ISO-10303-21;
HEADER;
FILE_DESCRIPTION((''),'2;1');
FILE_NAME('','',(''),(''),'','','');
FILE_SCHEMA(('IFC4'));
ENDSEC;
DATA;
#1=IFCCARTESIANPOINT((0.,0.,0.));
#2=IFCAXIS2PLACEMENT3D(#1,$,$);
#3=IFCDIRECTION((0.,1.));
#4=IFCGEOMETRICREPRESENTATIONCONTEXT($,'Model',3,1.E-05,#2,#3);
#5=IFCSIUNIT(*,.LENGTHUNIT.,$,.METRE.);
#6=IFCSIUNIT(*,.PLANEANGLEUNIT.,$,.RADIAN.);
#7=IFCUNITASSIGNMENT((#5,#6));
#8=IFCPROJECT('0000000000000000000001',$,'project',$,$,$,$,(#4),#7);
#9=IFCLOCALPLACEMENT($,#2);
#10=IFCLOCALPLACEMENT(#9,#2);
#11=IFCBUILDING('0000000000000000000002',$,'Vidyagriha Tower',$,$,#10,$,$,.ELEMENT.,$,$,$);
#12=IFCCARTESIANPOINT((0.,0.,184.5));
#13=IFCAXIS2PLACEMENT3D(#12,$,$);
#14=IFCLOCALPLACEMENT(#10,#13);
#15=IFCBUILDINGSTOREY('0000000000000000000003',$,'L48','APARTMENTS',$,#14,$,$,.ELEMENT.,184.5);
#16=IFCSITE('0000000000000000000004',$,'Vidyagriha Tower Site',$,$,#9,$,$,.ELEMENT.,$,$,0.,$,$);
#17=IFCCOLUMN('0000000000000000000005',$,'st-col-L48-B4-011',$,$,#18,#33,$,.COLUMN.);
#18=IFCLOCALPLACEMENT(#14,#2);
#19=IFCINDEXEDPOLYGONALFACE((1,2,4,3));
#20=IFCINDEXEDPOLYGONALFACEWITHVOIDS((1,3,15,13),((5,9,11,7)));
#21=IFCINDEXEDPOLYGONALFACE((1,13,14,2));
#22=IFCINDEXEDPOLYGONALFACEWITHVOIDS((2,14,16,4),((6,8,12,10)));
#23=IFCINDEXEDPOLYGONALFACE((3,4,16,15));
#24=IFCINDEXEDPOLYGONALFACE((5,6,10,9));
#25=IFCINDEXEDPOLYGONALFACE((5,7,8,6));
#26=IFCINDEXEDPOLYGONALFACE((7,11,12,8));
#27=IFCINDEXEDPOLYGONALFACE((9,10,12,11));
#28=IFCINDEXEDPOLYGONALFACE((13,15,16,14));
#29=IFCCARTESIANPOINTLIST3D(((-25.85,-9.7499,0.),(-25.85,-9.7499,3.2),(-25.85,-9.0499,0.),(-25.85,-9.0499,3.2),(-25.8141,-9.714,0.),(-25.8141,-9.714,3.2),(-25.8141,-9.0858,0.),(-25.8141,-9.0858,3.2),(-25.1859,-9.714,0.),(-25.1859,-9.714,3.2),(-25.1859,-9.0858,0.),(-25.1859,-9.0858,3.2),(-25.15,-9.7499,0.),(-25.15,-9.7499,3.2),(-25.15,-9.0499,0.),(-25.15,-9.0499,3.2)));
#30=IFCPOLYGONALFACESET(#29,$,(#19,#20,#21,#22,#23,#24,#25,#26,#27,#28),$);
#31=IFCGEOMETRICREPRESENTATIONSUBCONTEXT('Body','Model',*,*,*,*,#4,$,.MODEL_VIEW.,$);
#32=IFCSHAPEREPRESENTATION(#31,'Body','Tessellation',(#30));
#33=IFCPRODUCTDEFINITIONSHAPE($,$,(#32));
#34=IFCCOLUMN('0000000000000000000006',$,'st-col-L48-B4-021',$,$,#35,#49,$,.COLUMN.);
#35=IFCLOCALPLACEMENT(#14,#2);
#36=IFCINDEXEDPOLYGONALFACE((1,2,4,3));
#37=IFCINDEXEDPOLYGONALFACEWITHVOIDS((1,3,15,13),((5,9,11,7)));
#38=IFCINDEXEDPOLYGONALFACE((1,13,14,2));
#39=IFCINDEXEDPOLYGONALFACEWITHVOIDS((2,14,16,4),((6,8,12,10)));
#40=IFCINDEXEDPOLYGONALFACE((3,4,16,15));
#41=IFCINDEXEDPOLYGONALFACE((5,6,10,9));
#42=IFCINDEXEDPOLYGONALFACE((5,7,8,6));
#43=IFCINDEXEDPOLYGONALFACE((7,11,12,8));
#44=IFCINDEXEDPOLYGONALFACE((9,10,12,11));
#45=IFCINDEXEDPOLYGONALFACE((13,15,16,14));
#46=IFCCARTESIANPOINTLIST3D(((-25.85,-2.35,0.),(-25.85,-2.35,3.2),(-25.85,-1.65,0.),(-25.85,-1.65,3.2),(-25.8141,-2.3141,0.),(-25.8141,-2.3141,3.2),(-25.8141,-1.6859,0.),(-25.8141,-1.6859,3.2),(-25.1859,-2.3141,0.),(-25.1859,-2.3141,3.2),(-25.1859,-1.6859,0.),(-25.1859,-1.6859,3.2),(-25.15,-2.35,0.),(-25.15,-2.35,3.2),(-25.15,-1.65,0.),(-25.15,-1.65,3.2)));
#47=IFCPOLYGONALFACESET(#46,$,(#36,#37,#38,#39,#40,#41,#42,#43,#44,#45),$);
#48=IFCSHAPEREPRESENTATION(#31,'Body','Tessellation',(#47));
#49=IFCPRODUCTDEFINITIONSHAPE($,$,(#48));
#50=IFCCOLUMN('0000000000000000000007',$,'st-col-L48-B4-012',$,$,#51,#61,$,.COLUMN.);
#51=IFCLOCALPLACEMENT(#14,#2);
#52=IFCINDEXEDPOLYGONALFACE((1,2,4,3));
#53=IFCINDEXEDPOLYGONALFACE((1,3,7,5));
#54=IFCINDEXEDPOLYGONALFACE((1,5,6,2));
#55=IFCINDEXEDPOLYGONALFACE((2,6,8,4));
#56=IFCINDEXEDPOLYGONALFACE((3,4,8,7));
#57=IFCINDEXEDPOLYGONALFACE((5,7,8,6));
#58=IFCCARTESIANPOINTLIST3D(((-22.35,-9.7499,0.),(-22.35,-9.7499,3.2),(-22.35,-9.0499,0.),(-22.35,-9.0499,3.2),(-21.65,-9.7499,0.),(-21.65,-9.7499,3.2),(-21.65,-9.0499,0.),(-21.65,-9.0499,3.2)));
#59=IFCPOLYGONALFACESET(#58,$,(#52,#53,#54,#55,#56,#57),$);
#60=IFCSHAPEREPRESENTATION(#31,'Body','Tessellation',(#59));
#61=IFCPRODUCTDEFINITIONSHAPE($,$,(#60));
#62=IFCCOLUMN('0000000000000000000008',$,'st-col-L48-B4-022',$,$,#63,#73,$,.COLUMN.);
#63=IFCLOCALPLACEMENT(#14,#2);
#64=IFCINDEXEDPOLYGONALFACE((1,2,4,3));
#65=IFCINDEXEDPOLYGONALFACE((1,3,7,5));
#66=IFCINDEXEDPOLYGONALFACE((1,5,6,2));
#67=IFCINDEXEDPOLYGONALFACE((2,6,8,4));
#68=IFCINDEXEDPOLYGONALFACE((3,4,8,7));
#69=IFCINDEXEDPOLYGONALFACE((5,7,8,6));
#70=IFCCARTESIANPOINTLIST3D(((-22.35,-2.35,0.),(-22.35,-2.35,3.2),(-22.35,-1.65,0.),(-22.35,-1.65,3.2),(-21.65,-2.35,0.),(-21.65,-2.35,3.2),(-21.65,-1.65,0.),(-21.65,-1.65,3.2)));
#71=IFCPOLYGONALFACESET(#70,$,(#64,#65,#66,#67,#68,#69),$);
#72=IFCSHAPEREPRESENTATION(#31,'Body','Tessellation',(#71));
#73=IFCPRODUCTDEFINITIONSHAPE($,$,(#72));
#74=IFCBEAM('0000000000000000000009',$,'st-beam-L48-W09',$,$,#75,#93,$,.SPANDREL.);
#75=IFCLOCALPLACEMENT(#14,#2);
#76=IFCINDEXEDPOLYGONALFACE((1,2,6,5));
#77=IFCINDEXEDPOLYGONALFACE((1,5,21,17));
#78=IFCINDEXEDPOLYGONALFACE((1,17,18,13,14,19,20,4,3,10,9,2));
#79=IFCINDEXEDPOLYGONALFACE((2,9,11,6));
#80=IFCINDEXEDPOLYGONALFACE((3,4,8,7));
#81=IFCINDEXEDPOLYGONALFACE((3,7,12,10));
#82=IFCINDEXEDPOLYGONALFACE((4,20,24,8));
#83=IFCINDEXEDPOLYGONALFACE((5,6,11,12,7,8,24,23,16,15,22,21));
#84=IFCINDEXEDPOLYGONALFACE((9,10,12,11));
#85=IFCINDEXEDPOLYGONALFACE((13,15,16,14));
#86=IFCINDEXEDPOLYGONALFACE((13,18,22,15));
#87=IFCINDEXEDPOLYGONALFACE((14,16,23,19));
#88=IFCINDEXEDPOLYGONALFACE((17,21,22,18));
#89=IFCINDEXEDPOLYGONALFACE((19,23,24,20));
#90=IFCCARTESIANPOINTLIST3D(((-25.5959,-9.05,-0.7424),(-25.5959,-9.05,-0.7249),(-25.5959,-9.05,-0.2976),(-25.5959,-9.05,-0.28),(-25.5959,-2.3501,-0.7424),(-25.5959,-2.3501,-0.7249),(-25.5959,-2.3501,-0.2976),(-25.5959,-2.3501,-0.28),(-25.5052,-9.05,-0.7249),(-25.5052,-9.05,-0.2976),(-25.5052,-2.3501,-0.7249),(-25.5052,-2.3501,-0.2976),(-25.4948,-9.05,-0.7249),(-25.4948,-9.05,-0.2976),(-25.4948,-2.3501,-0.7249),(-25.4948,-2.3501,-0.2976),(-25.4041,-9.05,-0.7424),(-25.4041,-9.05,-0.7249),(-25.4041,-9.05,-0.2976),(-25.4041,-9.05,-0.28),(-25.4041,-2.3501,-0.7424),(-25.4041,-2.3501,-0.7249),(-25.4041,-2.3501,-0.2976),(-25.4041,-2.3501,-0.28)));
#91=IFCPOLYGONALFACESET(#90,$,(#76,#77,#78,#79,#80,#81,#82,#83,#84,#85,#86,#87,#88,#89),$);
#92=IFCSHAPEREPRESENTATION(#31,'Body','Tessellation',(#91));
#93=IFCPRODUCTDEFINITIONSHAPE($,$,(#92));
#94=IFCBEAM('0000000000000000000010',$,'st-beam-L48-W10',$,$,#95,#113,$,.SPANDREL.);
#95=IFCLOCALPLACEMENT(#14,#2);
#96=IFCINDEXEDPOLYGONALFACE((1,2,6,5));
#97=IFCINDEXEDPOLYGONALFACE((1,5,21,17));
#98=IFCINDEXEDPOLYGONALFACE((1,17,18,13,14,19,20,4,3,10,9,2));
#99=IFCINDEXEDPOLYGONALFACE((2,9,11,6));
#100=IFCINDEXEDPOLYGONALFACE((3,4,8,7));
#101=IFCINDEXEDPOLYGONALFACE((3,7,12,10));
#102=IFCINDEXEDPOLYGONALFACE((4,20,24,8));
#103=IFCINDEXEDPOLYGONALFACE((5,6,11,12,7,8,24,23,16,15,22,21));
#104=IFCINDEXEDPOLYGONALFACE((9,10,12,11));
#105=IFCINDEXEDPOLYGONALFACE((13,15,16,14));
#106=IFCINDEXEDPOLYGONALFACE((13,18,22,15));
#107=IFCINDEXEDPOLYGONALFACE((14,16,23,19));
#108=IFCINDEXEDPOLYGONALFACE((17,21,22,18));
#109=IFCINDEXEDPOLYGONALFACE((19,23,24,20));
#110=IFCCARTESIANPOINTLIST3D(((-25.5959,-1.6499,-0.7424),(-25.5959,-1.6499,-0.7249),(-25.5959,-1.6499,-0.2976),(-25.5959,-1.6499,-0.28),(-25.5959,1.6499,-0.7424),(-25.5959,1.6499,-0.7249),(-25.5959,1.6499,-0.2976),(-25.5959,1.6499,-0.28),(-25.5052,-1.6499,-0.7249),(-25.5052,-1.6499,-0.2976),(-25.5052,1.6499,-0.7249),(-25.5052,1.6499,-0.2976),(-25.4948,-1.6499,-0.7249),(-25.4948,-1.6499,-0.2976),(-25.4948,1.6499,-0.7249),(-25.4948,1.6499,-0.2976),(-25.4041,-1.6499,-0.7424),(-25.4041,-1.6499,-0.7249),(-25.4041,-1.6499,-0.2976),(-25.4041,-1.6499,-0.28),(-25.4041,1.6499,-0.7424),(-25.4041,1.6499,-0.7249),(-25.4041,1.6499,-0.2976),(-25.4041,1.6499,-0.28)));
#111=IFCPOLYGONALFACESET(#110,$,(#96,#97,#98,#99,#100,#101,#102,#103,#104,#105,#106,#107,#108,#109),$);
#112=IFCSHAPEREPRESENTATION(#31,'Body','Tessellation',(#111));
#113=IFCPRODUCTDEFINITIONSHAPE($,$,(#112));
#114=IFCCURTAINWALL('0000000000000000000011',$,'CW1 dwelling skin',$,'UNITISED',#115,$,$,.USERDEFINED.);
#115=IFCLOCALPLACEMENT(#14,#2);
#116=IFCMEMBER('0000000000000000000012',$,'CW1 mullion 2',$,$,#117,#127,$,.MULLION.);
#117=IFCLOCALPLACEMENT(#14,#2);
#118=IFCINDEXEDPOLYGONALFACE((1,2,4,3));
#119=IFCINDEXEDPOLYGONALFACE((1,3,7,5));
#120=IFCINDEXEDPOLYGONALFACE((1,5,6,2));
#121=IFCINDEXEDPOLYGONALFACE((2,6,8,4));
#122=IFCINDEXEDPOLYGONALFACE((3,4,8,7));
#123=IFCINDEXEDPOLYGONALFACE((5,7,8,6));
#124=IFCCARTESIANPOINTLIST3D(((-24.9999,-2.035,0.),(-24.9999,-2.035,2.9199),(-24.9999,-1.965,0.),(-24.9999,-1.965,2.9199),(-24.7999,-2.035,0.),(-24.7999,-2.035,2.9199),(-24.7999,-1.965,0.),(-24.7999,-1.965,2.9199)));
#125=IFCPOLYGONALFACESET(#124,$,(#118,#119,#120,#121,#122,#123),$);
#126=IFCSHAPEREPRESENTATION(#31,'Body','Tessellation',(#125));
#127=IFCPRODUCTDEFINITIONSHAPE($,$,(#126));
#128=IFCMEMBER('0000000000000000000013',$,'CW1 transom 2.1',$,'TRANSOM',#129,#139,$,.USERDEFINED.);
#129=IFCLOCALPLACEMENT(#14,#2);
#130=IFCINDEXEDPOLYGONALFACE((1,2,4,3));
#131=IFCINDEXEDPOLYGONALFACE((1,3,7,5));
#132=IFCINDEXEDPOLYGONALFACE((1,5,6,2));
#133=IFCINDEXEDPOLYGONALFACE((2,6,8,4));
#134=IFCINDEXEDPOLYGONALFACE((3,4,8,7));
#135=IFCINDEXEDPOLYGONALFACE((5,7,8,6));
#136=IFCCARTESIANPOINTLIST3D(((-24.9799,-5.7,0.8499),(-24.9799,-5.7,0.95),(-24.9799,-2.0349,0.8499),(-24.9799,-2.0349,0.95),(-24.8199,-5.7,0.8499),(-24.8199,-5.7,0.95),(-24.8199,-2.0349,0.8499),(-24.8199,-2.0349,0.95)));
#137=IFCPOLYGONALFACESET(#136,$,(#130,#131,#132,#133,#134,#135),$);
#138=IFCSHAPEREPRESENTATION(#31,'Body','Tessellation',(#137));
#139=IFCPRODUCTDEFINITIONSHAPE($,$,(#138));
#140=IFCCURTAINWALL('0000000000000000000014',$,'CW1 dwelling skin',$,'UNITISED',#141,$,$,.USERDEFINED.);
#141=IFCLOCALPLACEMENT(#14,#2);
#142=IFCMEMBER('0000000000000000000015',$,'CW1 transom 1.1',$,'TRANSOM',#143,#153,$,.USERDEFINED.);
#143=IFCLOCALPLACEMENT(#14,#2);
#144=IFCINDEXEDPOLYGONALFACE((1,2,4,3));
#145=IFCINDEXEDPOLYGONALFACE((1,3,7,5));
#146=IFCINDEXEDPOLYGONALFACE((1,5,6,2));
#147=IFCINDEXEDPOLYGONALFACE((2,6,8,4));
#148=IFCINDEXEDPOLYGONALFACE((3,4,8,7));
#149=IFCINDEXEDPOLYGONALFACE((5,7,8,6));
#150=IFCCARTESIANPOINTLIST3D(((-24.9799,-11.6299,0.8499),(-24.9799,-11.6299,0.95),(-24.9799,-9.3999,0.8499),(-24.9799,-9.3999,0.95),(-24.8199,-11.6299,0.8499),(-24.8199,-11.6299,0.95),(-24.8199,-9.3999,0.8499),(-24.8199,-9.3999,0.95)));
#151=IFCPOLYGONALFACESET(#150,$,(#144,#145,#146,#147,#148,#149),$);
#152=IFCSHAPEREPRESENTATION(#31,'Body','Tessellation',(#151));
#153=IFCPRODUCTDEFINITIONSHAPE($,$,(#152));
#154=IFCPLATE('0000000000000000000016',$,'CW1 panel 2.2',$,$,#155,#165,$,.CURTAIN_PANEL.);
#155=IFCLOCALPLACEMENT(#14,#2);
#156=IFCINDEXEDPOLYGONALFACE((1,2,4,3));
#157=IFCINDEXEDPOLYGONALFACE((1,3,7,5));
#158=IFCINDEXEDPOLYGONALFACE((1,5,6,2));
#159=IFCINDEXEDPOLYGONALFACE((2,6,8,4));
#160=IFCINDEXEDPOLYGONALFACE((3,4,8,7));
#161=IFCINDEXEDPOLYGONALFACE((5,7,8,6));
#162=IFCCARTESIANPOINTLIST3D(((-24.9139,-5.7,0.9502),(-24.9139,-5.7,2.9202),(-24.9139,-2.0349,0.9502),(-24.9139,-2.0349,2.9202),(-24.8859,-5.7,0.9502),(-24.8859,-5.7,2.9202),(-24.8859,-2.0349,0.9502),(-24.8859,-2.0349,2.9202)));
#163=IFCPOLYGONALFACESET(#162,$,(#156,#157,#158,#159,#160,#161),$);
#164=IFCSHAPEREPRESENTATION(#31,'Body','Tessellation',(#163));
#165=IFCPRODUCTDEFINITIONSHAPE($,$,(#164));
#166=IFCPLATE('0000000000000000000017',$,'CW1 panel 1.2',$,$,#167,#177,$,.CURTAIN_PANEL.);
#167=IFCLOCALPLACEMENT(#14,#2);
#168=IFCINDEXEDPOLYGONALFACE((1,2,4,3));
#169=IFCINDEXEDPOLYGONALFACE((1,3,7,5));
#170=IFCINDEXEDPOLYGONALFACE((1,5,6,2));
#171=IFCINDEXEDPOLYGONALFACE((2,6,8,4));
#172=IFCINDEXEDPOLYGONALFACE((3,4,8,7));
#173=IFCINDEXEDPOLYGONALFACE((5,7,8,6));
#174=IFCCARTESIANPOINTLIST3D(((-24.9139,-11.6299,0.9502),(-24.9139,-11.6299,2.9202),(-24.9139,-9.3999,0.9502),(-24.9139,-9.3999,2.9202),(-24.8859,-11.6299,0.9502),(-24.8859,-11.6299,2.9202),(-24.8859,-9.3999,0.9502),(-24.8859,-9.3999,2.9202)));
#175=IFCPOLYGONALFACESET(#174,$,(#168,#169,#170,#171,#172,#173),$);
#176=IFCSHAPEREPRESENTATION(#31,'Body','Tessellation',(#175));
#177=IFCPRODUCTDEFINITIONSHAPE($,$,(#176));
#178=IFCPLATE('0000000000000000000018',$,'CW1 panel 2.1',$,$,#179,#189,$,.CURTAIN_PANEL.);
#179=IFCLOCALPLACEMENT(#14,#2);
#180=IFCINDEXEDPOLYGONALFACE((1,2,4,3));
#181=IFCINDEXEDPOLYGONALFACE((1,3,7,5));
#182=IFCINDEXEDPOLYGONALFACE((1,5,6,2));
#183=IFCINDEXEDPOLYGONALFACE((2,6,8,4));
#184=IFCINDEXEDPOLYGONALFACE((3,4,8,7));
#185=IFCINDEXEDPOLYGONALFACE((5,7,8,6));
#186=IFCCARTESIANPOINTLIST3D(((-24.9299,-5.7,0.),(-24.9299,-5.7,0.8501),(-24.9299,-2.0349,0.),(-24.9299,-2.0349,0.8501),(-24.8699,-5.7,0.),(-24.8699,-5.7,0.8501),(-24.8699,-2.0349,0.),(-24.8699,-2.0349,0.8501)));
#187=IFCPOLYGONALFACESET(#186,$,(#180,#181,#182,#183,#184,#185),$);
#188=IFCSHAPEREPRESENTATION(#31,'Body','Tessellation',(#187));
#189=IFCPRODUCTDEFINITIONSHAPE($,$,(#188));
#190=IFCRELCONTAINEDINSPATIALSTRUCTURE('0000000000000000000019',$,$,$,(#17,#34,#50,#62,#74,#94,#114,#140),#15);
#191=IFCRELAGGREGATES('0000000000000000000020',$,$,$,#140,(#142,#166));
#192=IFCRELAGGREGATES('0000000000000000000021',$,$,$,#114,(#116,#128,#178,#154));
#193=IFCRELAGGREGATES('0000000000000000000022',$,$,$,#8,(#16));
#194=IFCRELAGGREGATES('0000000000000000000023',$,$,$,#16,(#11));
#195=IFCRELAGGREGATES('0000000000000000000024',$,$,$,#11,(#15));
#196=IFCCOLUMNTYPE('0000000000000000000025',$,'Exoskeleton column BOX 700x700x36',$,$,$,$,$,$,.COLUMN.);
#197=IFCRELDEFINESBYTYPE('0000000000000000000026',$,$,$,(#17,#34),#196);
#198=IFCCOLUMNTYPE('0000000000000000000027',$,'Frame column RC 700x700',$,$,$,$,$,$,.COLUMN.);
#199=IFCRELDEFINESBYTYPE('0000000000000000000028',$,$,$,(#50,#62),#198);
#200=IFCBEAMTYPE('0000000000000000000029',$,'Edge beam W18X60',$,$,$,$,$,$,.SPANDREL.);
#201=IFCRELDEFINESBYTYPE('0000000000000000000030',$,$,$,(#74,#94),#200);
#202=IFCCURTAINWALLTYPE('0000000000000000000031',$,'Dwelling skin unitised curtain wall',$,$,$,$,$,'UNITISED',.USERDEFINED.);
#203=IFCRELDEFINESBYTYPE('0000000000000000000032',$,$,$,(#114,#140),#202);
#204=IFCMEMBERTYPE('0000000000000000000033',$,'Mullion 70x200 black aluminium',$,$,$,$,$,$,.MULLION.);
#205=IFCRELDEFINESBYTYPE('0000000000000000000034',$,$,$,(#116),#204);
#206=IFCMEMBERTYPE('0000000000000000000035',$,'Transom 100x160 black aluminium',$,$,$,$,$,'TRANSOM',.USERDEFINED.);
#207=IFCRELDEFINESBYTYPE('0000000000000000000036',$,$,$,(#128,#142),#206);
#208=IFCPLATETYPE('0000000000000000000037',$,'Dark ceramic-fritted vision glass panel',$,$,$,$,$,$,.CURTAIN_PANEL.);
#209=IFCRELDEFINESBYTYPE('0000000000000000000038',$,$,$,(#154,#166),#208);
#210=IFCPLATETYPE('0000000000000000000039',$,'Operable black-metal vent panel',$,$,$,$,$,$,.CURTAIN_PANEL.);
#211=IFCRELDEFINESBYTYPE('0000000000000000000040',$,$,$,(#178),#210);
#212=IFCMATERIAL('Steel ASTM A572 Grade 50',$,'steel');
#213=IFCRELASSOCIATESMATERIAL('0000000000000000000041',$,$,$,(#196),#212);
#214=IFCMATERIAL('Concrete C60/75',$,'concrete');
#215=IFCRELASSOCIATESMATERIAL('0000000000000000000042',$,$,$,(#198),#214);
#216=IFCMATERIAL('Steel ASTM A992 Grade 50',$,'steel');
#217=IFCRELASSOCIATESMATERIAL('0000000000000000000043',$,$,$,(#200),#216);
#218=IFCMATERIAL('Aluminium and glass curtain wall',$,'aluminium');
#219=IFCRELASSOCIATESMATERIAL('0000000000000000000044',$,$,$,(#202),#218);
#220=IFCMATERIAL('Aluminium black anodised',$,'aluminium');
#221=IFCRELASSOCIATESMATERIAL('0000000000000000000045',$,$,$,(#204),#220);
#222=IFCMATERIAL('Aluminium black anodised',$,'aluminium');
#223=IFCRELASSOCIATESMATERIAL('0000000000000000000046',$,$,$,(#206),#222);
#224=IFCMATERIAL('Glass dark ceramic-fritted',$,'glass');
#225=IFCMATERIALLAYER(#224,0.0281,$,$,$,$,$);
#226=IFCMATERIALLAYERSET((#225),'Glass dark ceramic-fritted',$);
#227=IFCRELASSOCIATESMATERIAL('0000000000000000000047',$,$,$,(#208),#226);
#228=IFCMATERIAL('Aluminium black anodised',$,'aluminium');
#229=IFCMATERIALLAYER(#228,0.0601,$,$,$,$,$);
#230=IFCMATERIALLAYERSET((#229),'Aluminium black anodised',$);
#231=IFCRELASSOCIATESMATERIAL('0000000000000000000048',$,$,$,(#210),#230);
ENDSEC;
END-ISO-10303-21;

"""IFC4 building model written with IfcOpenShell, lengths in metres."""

from ifc_helpers import new_model, si_unit, direction, frame, origin, origin_2d, place, context, subcontext, project, spatial, rectangle, hollow_rectangle, i_section, extrude, material, layer, layer_set, material_profile, profile_set, type_object, element, aggregate, save


model = new_model("IFC4")

# Units and contexts
model_context = context("Model", 3, precision=1e-05, world=origin(), true_north=direction((0.0, 1.0)))
body_context = subcontext(model_context, "Body", "Model", "MODEL_VIEW")
ifc_project = project(units=[si_unit("LENGTHUNIT", "METRE"), si_unit("PLANEANGLEUNIT", "RADIAN")], contexts=[model_context])

# Site, building, storey
site_placement = place(None, origin())
site = spatial("IfcSite", under=ifc_project, at=site_placement, Name="Vidyagriha Tower Site", CompositionType="ELEMENT", RefElevation=0.0)
building_placement = place(site_placement, origin())
building = spatial("IfcBuilding", under=site, at=building_placement, Name="Vidyagriha Tower", CompositionType="ELEMENT")
storey_placement = place(building_placement, frame((0.0, 0.0, 184.5)))
storey = spatial("IfcBuildingStorey", under=building, at=storey_placement, Name="L48", Description="APARTMENTS", CompositionType="ELEMENT", Elevation=184.5)

# Columns
ifc_material_1 = material(Name="Steel ASTM A572 Grade 50", Category="steel")
ifc_material_profile_1 = material_profile(ifc_material_1, hollow_rectangle(XDim=0.7, YDim=0.7, WallThickness=0.0359, at=origin_2d()), Name="BOX 700x700x36")
ifc_profile_set_1 = profile_set([ifc_material_profile_1], Name="Steel ASTM A572 Grade 50")
column_type_1 = type_object("IfcColumnType", Name="Exoskeleton column BOX 700x700x36", PredefinedType="COLUMN", material=ifc_profile_set_1)
for number, where, name in (
    (1, (-25.5, -9.3999, 0.0), "st-col-L48-B4-011"),
    (2, (-25.5, -2.0, 0.0), "st-col-L48-B4-021"),
):
    element("IfcColumn", number, at=place(storey_placement, frame(where)), inside=storey, type_object=column_type_1, Name=name, PredefinedType="COLUMN", context=body_context, shape_type="SweptSolid", body=[
        extrude(hollow_rectangle(XDim=0.7, YDim=0.7, WallThickness=0.0359, at=origin_2d()), origin(), (0.0, 0.0, 1.0), 3.2),
    ])
ifc_material_2 = material(Name="Concrete C60/75", Category="concrete")
ifc_material_profile_2 = material_profile(ifc_material_2, rectangle(XDim=0.7, YDim=0.7, at=origin_2d()), Name="RC 700x700")
ifc_profile_set_2 = profile_set([ifc_material_profile_2], Name="Concrete C60/75")
column_type_2 = type_object("IfcColumnType", Name="Frame column RC 700x700", PredefinedType="COLUMN", material=ifc_profile_set_2)
for number, where, name in (
    (3, (-22.0, -9.3999, 0.0), "st-col-L48-B4-012"),
    (4, (-22.0, -2.0, 0.0), "st-col-L48-B4-022"),
):
    element("IfcColumn", number, at=place(storey_placement, frame(where)), inside=storey, type_object=column_type_2, Name=name, PredefinedType="COLUMN", context=body_context, shape_type="SweptSolid", body=[
        extrude(rectangle(XDim=0.7, YDim=0.7, at=origin_2d()), origin(), (0.0, 0.0, 1.0), 3.2),
    ])

# Beams
ifc_material_3 = material(Name="Steel ASTM A992 Grade 50", Category="steel")
ifc_material_profile_3 = material_profile(ifc_material_3, i_section(OverallWidth=0.1919, OverallDepth=0.4624, WebThickness=0.0105, FlangeThickness=0.0176, at=origin_2d()), Name="W18X60")
ifc_profile_set_3 = profile_set([ifc_material_profile_3], Name="Steel ASTM A992 Grade 50")
beam_type = type_object("IfcBeamType", Name="Edge beam W18X60", PredefinedType="SPANDREL", material=ifc_profile_set_3)
beam_1_placement = place(storey_placement, frame((-25.5, -9.05, -0.5112), z_axis=(0.0, 1.0, 0.0), x_axis=(-1.0, 0.0, 0.0)))
element("IfcBeam", 5, at=beam_1_placement, inside=storey, type_object=beam_type, Name="st-beam-L48-W09", PredefinedType="SPANDREL", context=body_context, shape_type="SweptSolid", body=[
    extrude(i_section(OverallWidth=0.1919, OverallDepth=0.4624, WebThickness=0.0105, FlangeThickness=0.0176, at=origin_2d()), origin(), (0.0, 0.0, 1.0), 6.7),
])
beam_2_placement = place(storey_placement, frame((-25.5, -1.6499, -0.5112), z_axis=(0.0, 1.0, 0.0), x_axis=(-1.0, 0.0, 0.0)))
element("IfcBeam", 6, at=beam_2_placement, inside=storey, type_object=beam_type, Name="st-beam-L48-W10", PredefinedType="SPANDREL", context=body_context, shape_type="SweptSolid", body=[
    extrude(i_section(OverallWidth=0.1919, OverallDepth=0.4624, WebThickness=0.0105, FlangeThickness=0.0176, at=origin_2d()), origin(), (0.0, 0.0, 1.0), 3.2998),
])

# Curtain wall, members
ifc_material_4 = material(Name="Aluminium and glass curtain wall", Category="aluminium")
curtain_wall_type = type_object("IfcCurtainWallType", Name="Dwelling skin unitised curtain wall", ElementType="UNITISED", PredefinedType="USERDEFINED", material=ifc_material_4)
curtain_wall_1_placement = place(storey_placement, origin())
curtain_wall_1 = element("IfcCurtainWall", 7, at=curtain_wall_1_placement, inside=storey, type_object=curtain_wall_type, Name="CW1 dwelling skin", ObjectType="UNITISED", PredefinedType="USERDEFINED")
ifc_material_5 = material(Name="Aluminium black anodised", Category="aluminium")
ifc_material_profile_4 = material_profile(ifc_material_5, rectangle(XDim=0.2, YDim=0.0701, at=origin_2d()), Name="Mullion 70x200 black aluminium")
ifc_profile_set_4 = profile_set([ifc_material_profile_4], Name="Aluminium black anodised")
member_type_1 = type_object("IfcMemberType", Name="Mullion 70x200 black aluminium", PredefinedType="MULLION", material=ifc_profile_set_4)
member_1_placement = place(storey_placement, frame((-24.8999, -2.0, 0.0)))
member_1 = element("IfcMember", 8, at=member_1_placement, type_object=member_type_1, Name="CW1 mullion 2", PredefinedType="MULLION", context=body_context, shape_type="SweptSolid", body=[
    extrude(rectangle(XDim=0.2, YDim=0.0701, at=origin_2d()), origin(), (0.0, 0.0, 1.0), 2.9199),
])
ifc_material_6 = material(Name="Aluminium black anodised", Category="aluminium")
ifc_material_profile_5 = material_profile(ifc_material_6, rectangle(XDim=0.1599, YDim=0.1001, at=origin_2d()), Name="Transom 100x160 black aluminium")
ifc_profile_set_5 = profile_set([ifc_material_profile_5], Name="Aluminium black anodised")
member_type_2 = type_object("IfcMemberType", Name="Transom 100x160 black aluminium", ElementType="TRANSOM", PredefinedType="USERDEFINED", material=ifc_profile_set_5)
member_2_placement = place(storey_placement, frame((-24.8999, -2.0349, 0.8999), z_axis=(0.0, -1.0, 0.0), x_axis=(1.0, 0.0, 0.0)))
member_2 = element("IfcMember", 9, at=member_2_placement, type_object=member_type_2, Name="CW1 transom 2.1", ObjectType="TRANSOM", PredefinedType="USERDEFINED", context=body_context, shape_type="SweptSolid", body=[
    extrude(rectangle(XDim=0.1599, YDim=0.1001, at=origin_2d()), origin(), (0.0, 0.0, 1.0), 3.665),
])

# Curtain wall, member
curtain_wall_2_placement = place(storey_placement, origin())
curtain_wall_2 = element("IfcCurtainWall", 10, at=curtain_wall_2_placement, inside=storey, type_object=curtain_wall_type, Name="CW1 dwelling skin", ObjectType="UNITISED", PredefinedType="USERDEFINED")
member_3_placement = place(storey_placement, frame((-24.8999, -9.3999, 0.8999), z_axis=(0.0, -1.0, 0.0), x_axis=(1.0, 0.0, 0.0)))
member_3 = element("IfcMember", 11, at=member_3_placement, type_object=member_type_2, Name="CW1 transom 1.1", ObjectType="TRANSOM", PredefinedType="USERDEFINED", context=body_context, shape_type="SweptSolid", body=[
    extrude(rectangle(XDim=0.1599, YDim=0.1001, at=origin_2d()), origin(), (0.0, 0.0, 1.0), 2.23),
])

# Plates
ifc_material_7 = material(Name="Glass dark ceramic-fritted", Category="glass")
ifc_layer_1 = layer(ifc_material_7, 0.0281)
ifc_layer_set_1 = layer_set([ifc_layer_1], Name="Glass dark ceramic-fritted")
plate_type_1 = type_object("IfcPlateType", Name="Dark ceramic-fritted vision glass panel", PredefinedType="CURTAIN_PANEL", material=ifc_layer_set_1)
plate_1_placement = place(storey_placement, frame((-24.8999, -3.8674, 0.9502), z_axis=(0.0, 0.0, 1.0), x_axis=(0.0, -1.0, 0.0)))
plate_1 = element("IfcPlate", 12, at=plate_1_placement, type_object=plate_type_1, Name="CW1 panel 2.2", PredefinedType="CURTAIN_PANEL", context=body_context, shape_type="SweptSolid", body=[
    extrude(rectangle(XDim=3.665, YDim=0.0281, at=origin_2d()), origin(), (0.0, 0.0, 1.0), 1.97),
])
plate_2_placement = place(storey_placement, frame((-24.8999, -10.5149, 0.9502), z_axis=(0.0, 0.0, 1.0), x_axis=(0.0, -1.0, 0.0)))
plate_2 = element("IfcPlate", 13, at=plate_2_placement, type_object=plate_type_1, Name="CW1 panel 1.2", PredefinedType="CURTAIN_PANEL", context=body_context, shape_type="SweptSolid", body=[
    extrude(rectangle(XDim=2.23, YDim=0.0281, at=origin_2d()), origin(), (0.0, 0.0, 1.0), 1.97),
])
aggregate(curtain_wall_2, [member_3, plate_2])
ifc_material_8 = material(Name="Aluminium black anodised", Category="aluminium")
ifc_layer_2 = layer(ifc_material_8, 0.0601)
ifc_layer_set_2 = layer_set([ifc_layer_2], Name="Aluminium black anodised")
plate_type_2 = type_object("IfcPlateType", Name="Operable black-metal vent panel", PredefinedType="CURTAIN_PANEL", material=ifc_layer_set_2)
plate_3_placement = place(storey_placement, frame((-24.8999, -3.8674, 0.0), z_axis=(0.0, 0.0, 1.0), x_axis=(0.0, -1.0, 0.0)))
plate_3 = element("IfcPlate", 14, at=plate_3_placement, type_object=plate_type_2, Name="CW1 panel 2.1", PredefinedType="CURTAIN_PANEL", context=body_context, shape_type="SweptSolid", body=[
    extrude(rectangle(XDim=3.665, YDim=0.0601, at=origin_2d()), origin(), (0.0, 0.0, 1.0), 0.8501),
])
aggregate(curtain_wall_1, [member_1, member_2, plate_3, plate_1])

save(model, "model.ifc")
